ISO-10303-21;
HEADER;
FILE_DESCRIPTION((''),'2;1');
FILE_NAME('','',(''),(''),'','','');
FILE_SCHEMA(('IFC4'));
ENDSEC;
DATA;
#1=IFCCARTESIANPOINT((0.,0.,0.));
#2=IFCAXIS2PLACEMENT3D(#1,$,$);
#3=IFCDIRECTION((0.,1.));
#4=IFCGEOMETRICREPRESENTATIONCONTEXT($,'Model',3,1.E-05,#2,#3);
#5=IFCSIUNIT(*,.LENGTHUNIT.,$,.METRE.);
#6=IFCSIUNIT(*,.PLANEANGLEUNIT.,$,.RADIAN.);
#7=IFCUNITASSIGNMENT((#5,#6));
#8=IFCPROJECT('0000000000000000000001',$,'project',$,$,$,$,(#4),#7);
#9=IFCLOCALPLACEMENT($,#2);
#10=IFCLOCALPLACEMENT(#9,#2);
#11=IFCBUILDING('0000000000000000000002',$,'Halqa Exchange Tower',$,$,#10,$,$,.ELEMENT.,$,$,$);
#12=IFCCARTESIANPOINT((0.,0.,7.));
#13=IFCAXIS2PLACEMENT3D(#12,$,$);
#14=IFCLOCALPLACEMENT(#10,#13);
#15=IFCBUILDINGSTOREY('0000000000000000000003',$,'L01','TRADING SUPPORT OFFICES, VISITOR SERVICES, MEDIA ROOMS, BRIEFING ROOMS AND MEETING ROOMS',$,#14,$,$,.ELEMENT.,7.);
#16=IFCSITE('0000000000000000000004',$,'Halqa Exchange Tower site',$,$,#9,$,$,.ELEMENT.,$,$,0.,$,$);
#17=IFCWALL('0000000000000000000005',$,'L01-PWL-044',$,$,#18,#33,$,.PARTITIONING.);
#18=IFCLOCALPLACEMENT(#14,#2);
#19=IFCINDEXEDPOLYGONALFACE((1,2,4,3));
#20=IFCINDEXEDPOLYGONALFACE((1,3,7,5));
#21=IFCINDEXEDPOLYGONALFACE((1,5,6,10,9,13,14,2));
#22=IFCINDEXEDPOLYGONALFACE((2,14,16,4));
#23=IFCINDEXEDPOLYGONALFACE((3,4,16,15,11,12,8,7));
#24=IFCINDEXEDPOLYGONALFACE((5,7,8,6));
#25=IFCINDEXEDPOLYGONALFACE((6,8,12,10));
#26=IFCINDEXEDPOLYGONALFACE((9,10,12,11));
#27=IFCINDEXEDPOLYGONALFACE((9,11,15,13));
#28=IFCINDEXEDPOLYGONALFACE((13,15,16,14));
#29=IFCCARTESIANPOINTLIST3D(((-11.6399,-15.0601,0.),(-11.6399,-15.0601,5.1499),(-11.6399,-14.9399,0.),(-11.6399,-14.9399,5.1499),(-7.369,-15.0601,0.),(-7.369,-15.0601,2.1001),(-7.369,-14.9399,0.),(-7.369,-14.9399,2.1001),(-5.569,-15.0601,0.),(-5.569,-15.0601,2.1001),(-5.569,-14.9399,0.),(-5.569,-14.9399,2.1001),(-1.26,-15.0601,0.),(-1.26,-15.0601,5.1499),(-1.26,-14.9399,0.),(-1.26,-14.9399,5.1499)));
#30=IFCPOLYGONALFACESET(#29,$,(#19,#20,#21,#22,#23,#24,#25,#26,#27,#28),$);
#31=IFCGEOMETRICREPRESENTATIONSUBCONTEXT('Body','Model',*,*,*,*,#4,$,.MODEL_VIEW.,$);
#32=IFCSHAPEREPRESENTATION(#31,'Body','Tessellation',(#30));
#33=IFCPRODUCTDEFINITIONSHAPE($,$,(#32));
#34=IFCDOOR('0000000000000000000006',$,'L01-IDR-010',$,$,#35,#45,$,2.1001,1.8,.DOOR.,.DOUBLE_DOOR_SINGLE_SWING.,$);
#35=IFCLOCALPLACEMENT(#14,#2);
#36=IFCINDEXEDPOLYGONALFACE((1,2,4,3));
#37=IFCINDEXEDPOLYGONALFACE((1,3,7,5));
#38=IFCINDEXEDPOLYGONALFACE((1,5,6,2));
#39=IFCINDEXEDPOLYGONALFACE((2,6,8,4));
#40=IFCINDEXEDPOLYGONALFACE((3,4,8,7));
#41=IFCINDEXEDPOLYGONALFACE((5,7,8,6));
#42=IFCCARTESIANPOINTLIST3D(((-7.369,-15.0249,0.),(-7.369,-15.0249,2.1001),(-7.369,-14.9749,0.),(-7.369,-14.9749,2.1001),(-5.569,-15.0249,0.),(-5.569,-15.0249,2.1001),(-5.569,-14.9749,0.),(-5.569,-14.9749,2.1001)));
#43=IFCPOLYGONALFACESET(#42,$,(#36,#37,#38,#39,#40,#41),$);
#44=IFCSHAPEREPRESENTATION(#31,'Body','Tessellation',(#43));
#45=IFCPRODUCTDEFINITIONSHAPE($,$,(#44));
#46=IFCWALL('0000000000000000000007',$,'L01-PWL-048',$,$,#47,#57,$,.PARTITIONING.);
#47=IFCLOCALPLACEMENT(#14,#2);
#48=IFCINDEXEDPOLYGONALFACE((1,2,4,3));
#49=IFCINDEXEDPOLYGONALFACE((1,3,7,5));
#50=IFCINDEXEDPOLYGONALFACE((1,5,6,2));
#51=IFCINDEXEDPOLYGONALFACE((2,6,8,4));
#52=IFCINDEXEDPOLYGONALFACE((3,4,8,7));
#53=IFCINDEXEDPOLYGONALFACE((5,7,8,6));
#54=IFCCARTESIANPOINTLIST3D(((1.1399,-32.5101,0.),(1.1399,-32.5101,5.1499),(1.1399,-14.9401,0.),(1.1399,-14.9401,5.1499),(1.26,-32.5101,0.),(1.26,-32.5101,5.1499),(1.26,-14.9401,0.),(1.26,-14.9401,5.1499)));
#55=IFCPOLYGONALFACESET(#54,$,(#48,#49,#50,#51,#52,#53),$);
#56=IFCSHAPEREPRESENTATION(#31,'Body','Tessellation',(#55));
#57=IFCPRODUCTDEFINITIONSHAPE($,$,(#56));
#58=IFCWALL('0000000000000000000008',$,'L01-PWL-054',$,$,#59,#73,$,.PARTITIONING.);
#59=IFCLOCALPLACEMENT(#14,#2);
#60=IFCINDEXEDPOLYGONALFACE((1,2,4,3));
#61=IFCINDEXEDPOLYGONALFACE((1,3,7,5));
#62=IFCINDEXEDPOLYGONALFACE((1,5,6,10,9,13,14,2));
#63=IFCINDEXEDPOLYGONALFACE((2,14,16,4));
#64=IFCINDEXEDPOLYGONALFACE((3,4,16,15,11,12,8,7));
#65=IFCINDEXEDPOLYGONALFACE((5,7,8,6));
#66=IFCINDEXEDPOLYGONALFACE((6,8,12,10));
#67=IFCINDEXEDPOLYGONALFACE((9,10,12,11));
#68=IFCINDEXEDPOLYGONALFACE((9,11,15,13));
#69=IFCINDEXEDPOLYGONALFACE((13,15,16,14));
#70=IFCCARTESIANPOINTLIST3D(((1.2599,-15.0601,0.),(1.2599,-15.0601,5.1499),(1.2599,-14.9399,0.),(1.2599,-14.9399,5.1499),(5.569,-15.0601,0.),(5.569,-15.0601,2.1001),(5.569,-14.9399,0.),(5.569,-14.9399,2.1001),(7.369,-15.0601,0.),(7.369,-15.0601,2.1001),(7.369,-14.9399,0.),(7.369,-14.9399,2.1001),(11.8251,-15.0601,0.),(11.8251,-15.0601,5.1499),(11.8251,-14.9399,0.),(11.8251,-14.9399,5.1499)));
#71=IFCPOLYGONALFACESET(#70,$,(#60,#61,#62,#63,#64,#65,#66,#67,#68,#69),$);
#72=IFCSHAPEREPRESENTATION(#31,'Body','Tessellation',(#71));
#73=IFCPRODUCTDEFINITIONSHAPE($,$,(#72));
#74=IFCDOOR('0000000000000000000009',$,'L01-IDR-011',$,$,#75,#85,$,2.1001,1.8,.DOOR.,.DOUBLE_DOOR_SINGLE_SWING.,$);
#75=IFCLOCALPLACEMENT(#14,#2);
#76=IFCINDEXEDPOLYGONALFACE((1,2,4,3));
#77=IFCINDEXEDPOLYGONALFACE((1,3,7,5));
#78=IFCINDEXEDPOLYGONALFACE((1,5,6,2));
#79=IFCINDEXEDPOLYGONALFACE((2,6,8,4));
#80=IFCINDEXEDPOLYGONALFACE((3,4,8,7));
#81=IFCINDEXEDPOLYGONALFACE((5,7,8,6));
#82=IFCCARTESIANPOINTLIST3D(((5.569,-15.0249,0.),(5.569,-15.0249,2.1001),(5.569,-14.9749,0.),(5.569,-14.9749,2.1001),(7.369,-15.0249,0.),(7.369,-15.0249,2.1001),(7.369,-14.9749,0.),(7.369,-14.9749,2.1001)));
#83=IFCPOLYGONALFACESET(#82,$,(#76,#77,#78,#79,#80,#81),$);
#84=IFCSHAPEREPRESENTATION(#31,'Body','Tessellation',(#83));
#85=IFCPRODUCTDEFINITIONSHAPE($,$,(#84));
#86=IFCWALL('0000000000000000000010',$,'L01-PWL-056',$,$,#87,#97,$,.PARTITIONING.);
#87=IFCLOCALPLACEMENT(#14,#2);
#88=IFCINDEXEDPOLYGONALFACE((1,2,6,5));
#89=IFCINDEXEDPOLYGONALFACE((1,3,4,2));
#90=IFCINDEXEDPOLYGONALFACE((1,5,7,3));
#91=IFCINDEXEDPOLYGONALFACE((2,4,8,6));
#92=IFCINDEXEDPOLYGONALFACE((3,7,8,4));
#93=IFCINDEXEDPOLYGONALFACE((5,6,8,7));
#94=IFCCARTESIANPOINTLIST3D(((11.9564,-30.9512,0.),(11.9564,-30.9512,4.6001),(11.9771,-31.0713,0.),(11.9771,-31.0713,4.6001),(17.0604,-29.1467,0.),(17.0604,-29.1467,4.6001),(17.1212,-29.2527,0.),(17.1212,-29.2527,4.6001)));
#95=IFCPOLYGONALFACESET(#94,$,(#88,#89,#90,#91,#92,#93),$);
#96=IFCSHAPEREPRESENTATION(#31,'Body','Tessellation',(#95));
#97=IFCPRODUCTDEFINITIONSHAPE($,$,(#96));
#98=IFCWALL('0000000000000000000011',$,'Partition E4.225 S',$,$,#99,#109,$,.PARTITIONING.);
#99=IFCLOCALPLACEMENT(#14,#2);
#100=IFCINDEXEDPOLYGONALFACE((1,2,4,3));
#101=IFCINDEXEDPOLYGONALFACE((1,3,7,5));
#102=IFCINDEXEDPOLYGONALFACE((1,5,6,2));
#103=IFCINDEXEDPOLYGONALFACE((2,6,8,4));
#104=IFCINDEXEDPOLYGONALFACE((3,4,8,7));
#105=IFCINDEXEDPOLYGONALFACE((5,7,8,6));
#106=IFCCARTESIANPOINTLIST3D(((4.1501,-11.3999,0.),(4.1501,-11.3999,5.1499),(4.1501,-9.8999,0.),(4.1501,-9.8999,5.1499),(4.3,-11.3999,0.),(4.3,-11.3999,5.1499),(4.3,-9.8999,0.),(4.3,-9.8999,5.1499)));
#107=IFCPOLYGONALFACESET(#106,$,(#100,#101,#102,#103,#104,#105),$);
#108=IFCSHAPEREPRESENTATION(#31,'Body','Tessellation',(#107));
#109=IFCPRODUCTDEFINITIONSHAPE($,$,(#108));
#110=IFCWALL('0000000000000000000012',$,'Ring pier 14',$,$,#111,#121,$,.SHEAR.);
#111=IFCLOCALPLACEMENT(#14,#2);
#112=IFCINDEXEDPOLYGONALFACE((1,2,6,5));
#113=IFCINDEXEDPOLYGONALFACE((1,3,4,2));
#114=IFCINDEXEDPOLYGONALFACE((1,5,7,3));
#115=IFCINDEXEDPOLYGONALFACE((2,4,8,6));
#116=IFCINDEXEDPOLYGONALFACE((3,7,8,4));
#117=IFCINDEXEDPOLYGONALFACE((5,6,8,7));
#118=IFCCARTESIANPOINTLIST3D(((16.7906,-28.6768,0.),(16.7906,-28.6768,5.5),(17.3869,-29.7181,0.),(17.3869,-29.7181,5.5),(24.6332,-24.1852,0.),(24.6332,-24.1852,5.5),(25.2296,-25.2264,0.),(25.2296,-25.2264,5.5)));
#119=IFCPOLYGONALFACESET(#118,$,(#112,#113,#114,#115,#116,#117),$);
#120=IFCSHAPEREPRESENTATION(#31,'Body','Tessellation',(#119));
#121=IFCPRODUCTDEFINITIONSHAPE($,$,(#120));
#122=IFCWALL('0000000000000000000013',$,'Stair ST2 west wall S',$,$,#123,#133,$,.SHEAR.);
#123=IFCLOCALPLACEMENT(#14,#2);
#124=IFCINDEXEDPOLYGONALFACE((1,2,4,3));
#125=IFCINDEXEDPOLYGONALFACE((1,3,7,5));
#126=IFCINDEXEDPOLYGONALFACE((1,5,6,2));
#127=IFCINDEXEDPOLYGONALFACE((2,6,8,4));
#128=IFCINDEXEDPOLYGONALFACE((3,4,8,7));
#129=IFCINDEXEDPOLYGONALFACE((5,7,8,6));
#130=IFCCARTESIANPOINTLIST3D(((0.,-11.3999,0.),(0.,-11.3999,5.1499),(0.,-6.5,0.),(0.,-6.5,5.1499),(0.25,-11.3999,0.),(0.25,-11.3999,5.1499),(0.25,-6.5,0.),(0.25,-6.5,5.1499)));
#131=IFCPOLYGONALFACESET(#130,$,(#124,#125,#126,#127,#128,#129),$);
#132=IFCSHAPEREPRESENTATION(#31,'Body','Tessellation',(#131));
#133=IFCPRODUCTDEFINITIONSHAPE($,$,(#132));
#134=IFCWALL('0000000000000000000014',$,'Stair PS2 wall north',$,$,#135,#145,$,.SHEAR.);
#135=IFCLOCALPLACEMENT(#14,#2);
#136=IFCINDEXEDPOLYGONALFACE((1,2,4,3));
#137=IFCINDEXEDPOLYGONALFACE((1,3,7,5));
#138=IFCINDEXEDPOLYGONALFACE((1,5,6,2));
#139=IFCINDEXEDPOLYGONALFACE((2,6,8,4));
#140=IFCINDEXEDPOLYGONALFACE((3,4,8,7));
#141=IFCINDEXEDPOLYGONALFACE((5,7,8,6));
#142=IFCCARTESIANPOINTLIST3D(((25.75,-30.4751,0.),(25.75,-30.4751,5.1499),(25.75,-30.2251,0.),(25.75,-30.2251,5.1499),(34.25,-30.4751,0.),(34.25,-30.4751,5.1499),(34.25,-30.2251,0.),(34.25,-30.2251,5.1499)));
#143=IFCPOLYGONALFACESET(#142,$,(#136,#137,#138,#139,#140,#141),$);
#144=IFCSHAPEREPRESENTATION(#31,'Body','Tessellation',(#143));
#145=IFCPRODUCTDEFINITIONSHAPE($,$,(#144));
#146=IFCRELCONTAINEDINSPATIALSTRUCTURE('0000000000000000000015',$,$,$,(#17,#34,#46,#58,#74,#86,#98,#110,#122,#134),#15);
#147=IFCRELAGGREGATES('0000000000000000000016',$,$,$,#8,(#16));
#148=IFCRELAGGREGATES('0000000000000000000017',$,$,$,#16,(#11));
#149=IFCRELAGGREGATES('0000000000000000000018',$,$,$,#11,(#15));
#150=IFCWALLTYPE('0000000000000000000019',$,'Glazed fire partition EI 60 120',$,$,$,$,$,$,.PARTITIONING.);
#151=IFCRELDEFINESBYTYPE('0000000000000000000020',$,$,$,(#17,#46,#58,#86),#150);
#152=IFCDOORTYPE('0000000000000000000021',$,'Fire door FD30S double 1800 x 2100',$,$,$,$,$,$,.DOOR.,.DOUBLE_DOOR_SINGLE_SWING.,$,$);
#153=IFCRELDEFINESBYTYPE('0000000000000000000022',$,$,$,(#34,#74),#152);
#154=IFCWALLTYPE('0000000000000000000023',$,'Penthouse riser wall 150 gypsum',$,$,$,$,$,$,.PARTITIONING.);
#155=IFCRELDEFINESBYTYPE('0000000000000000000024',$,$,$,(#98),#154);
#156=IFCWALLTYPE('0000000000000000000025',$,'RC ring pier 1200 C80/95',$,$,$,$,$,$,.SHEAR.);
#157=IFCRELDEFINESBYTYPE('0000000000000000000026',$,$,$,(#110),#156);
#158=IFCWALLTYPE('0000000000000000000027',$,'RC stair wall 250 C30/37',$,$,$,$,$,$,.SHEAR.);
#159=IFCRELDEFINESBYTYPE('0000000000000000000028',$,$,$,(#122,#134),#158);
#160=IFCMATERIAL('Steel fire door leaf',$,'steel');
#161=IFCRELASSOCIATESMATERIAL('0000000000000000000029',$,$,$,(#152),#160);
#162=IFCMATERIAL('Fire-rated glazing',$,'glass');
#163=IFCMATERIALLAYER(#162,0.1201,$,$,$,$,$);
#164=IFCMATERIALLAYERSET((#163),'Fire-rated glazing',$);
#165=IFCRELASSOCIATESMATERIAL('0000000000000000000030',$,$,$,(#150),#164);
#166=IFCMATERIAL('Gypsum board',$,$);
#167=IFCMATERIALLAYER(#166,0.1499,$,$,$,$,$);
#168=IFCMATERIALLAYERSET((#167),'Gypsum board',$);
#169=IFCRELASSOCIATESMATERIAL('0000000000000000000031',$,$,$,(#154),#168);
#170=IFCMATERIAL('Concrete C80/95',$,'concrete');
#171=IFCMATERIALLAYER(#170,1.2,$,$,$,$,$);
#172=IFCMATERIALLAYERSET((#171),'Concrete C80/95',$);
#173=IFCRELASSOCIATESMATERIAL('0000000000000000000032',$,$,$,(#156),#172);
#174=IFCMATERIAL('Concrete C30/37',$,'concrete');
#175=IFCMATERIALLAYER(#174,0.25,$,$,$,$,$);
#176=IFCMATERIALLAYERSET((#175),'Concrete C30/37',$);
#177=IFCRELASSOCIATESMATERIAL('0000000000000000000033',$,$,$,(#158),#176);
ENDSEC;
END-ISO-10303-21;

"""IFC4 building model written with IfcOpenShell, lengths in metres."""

from ifc_helpers import new_model, si_unit, direction, frame, frame_2d, origin, place, context, subcontext, project, spatial, polyline, rectangle, outline, extrude, material, layer, layer_set, type_object, element, fill, save


model = new_model("IFC4")

# Units and contexts
model_context = context("Model", 3, precision=1e-05, world=origin(), true_north=direction((0.0, 1.0)))
body_context = subcontext(model_context, "Body", "Model", "MODEL_VIEW")
ifc_project = project(units=[si_unit("LENGTHUNIT", "METRE"), si_unit("PLANEANGLEUNIT", "RADIAN")], contexts=[model_context])

# Site, building, storey
site_placement = place(None, origin())
site = spatial("IfcSite", under=ifc_project, at=site_placement, Name="Halqa Exchange Tower site", CompositionType="ELEMENT", RefElevation=0.0)
building_placement = place(site_placement, origin())
building = spatial("IfcBuilding", under=site, at=building_placement, Name="Halqa Exchange Tower", CompositionType="ELEMENT")
storey_placement = place(building_placement, frame((0.0, 0.0, 7.0)))
storey = spatial("IfcBuildingStorey", under=building, at=storey_placement, Name="L01", Description="TRADING SUPPORT OFFICES, VISITOR SERVICES, MEDIA ROOMS, BRIEFING ROOMS AND MEETING ROOMS", CompositionType="ELEMENT", Elevation=7.0)

# Shared definitions
ifc_material_1 = material(Name="Steel fire door leaf", Category="steel")
door_type_1 = type_object("IfcDoorType", Name="Fire door FD30S double 1800 x 2100", OperationType="DOUBLE_DOOR_SINGLE_SWING", PredefinedType="DOOR", material=ifc_material_1)

# Shared definitions
ifc_material_2 = material(Name="Fire-rated glazing", Category="glass")
ifc_layer_1 = layer(ifc_material_2, 0.1201)
ifc_layer_set_1 = layer_set([ifc_layer_1], Name="Fire-rated glazing")
wall_type_1 = type_object("IfcWallType", Name="Glazed fire partition EI 60 120", PredefinedType="PARTITIONING", material=ifc_layer_set_1)

# Wall, opening, door
wall_1_placement = place(storey_placement, frame((-1.26, -15.0, 0.0), z_axis=(0.0, 0.0, 1.0), x_axis=(-1.0, 0.0, 0.0)))
wall_1 = element("IfcWall", 1, at=wall_1_placement, inside=storey, type_object=wall_type_1, Name="L01-PWL-044", PredefinedType="PARTITIONING", context=body_context, shape_type="SweptSolid", body=[
    extrude(rectangle(XDim=10.3799, YDim=0.1201, at=frame_2d((5.1899, 0.0))), origin(), (0.0, 0.0, 1.0), 5.1499),
])
opening_1_placement = place(wall_1_placement, frame((4.3091, 0.0, 0.0)))
opening_1 = element("IfcOpeningElement", 2, at=opening_1_placement, cuts=wall_1, PredefinedType="OPENING", context=body_context, shape_type="SweptSolid", body=[
    extrude(rectangle(XDim=1.8, YDim=2.1001, at=frame_2d((0.8999, 1.05))), frame((0.0, 0.072, 0.0), z_axis=(0.0, -1.0, 0.0), x_axis=(1.0, 0.0, 0.0)), (0.0, 0.0, 1.0), 0.144),
])
door_1_placement = place(opening_1_placement, origin())
door_1 = element("IfcDoor", 3, at=door_1_placement, inside=storey, type_object=door_type_1, Name="L01-IDR-010", OperationType="DOUBLE_DOOR_SINGLE_SWING", OverallHeight=2.1001, OverallWidth=1.8, PredefinedType="DOOR", context=body_context, shape_type="SweptSolid", body=[
    extrude(rectangle(XDim=1.8, YDim=2.1001, at=frame_2d((0.8999, 1.05))), frame((0.0, 0.0249, 0.0), z_axis=(0.0, -1.0, 0.0), x_axis=(1.0, 0.0, 0.0)), (0.0, 0.0, 1.0), 0.05),
])
fill(opening_1, door_1)

# Wall
wall_2_placement = place(storey_placement, frame((1.2, -14.9399, 0.0), z_axis=(0.0, 0.0, 1.0), x_axis=(0.0, -1.0, 0.0)))
element("IfcWall", 4, at=wall_2_placement, inside=storey, type_object=wall_type_1, Name="L01-PWL-048", PredefinedType="PARTITIONING", context=body_context, shape_type="SweptSolid", body=[
    extrude(rectangle(XDim=17.5701, YDim=0.1201, at=frame_2d((8.7852, 0.0))), origin(), (0.0, 0.0, 1.0), 5.1499),
])

# Wall, opening, door
wall_3_placement = place(storey_placement, frame((11.8252, -15.0, 0.0), z_axis=(0.0, 0.0, 1.0), x_axis=(-1.0, 0.0, 0.0)))
wall_3 = element("IfcWall", 5, at=wall_3_placement, inside=storey, type_object=wall_type_1, Name="L01-PWL-054", PredefinedType="PARTITIONING", context=body_context, shape_type="SweptSolid", body=[
    extrude(rectangle(XDim=10.5652, YDim=0.1201, at=frame_2d((5.2827, 0.0))), origin(), (0.0, 0.0, 1.0), 5.1499),
])
opening_2_placement = place(wall_3_placement, frame((4.4563, 0.0, 0.0)))
opening_2 = element("IfcOpeningElement", 6, at=opening_2_placement, cuts=wall_3, PredefinedType="OPENING", context=body_context, shape_type="SweptSolid", body=[
    extrude(rectangle(XDim=1.8, YDim=2.1001, at=frame_2d((0.8999, 1.05))), frame((0.0, 0.072, 0.0), z_axis=(0.0, -1.0, 0.0), x_axis=(1.0, 0.0, 0.0)), (0.0, 0.0, 1.0), 0.144),
])
door_2_placement = place(opening_2_placement, origin())
door_2 = element("IfcDoor", 7, at=door_2_placement, inside=storey, type_object=door_type_1, Name="L01-IDR-011", OperationType="DOUBLE_DOOR_SINGLE_SWING", OverallHeight=2.1001, OverallWidth=1.8, PredefinedType="DOOR", context=body_context, shape_type="SweptSolid", body=[
    extrude(rectangle(XDim=1.8, YDim=2.1001, at=frame_2d((0.8999, 1.05))), frame((0.0, 0.0249, 0.0), z_axis=(0.0, -1.0, 0.0), x_axis=(1.0, 0.0, 0.0)), (0.0, 0.0, 1.0), 0.05),
])
fill(opening_2, door_2)

# Walls
wall_4_placement = place(storey_placement, frame((11.9668, -31.0112, 0.0), z_axis=(0.0, 0.0, 1.0), x_axis=(0.942814, 0.333318, 0.0)))
element("IfcWall", 8, at=wall_4_placement, inside=storey, type_object=wall_type_1, Name="L01-PWL-056", PredefinedType="PARTITIONING", context=body_context, shape_type="SweptSolid", body=[
    extrude(outline(polyline([(-0.0103, -0.0601), (5.4458, -0.0601), (5.4238, 0.0601), (0.0103, 0.0601), (-0.0103, -0.0601)])), origin(), (0.0, 0.0, 1.0), 4.6001),
])
ifc_material_3 = material(Name="Gypsum board")
ifc_layer_2 = layer(ifc_material_3, 0.1499)
ifc_layer_set_2 = layer_set([ifc_layer_2], Name="Gypsum board")
wall_type_2 = type_object("IfcWallType", Name="Penthouse riser wall 150 gypsum", PredefinedType="PARTITIONING", material=ifc_layer_set_2)
wall_5_placement = place(storey_placement, frame((4.2251, -11.3999, 0.0), z_axis=(0.0, 0.0, 1.0), x_axis=(0.0, 1.0, 0.0)))
element("IfcWall", 9, at=wall_5_placement, inside=storey, type_object=wall_type_2, Name="Partition E4.225 S", PredefinedType="PARTITIONING", context=body_context, shape_type="SweptSolid", body=[
    extrude(rectangle(XDim=1.5, YDim=0.1499, at=frame_2d((0.75, 0.0))), origin(), (0.0, 0.0, 1.0), 5.1499),
])
ifc_material_4 = material(Name="Concrete C80/95", Category="concrete")
ifc_layer_3 = layer(ifc_material_4, 1.2)
ifc_layer_set_3 = layer_set([ifc_layer_3], Name="Concrete C80/95")
wall_type_3 = type_object("IfcWallType", Name="RC ring pier 1200 C80/95", PredefinedType="SHEAR", material=ifc_layer_set_3)
wall_6_placement = place(storey_placement, frame((17.0886, -29.1975, 0.0), z_axis=(0.0, 0.0, 1.0), x_axis=(0.867761, 0.496982, 0.0)))
element("IfcWall", 10, at=wall_6_placement, inside=storey, type_object=wall_type_3, Name="Ring pier 14", PredefinedType="SHEAR", context=body_context, shape_type="SweptSolid", body=[
    extrude(rectangle(XDim=9.0378, YDim=1.2, at=frame_2d((4.519, 0.0))), origin(), (0.0, 0.0, 1.0), 5.5),
])
ifc_material_5 = material(Name="Concrete C30/37", Category="concrete")
ifc_layer_4 = layer(ifc_material_5, 0.25)
ifc_layer_set_4 = layer_set([ifc_layer_4], Name="Concrete C30/37")
wall_type_4 = type_object("IfcWallType", Name="RC stair wall 250 C30/37", PredefinedType="SHEAR", material=ifc_layer_set_4)
wall_7_placement = place(storey_placement, frame((0.125, -11.3999, 0.0), z_axis=(0.0, 0.0, 1.0), x_axis=(0.0, 1.0, 0.0)))
element("IfcWall", 11, at=wall_7_placement, inside=storey, type_object=wall_type_4, Name="Stair ST2 west wall S", PredefinedType="SHEAR", context=body_context, shape_type="SweptSolid", body=[
    extrude(rectangle(XDim=4.8999, YDim=0.25, at=frame_2d((2.45, 0.0))), origin(), (0.0, 0.0, 1.0), 5.1499),
])
wall_8_placement = place(storey_placement, frame((25.75, -30.3501, 0.0), z_axis=(0.0, 0.0, 1.0), x_axis=(1.0, 0.0, 0.0)))
element("IfcWall", 12, at=wall_8_placement, inside=storey, type_object=wall_type_4, Name="Stair PS2 wall north", PredefinedType="SHEAR", context=body_context, shape_type="SweptSolid", body=[
    extrude(rectangle(XDim=8.5, YDim=0.25, at=frame_2d((4.25, 0.0))), origin(), (0.0, 0.0, 1.0), 5.1499),
])

save(model, "model.ifc")
